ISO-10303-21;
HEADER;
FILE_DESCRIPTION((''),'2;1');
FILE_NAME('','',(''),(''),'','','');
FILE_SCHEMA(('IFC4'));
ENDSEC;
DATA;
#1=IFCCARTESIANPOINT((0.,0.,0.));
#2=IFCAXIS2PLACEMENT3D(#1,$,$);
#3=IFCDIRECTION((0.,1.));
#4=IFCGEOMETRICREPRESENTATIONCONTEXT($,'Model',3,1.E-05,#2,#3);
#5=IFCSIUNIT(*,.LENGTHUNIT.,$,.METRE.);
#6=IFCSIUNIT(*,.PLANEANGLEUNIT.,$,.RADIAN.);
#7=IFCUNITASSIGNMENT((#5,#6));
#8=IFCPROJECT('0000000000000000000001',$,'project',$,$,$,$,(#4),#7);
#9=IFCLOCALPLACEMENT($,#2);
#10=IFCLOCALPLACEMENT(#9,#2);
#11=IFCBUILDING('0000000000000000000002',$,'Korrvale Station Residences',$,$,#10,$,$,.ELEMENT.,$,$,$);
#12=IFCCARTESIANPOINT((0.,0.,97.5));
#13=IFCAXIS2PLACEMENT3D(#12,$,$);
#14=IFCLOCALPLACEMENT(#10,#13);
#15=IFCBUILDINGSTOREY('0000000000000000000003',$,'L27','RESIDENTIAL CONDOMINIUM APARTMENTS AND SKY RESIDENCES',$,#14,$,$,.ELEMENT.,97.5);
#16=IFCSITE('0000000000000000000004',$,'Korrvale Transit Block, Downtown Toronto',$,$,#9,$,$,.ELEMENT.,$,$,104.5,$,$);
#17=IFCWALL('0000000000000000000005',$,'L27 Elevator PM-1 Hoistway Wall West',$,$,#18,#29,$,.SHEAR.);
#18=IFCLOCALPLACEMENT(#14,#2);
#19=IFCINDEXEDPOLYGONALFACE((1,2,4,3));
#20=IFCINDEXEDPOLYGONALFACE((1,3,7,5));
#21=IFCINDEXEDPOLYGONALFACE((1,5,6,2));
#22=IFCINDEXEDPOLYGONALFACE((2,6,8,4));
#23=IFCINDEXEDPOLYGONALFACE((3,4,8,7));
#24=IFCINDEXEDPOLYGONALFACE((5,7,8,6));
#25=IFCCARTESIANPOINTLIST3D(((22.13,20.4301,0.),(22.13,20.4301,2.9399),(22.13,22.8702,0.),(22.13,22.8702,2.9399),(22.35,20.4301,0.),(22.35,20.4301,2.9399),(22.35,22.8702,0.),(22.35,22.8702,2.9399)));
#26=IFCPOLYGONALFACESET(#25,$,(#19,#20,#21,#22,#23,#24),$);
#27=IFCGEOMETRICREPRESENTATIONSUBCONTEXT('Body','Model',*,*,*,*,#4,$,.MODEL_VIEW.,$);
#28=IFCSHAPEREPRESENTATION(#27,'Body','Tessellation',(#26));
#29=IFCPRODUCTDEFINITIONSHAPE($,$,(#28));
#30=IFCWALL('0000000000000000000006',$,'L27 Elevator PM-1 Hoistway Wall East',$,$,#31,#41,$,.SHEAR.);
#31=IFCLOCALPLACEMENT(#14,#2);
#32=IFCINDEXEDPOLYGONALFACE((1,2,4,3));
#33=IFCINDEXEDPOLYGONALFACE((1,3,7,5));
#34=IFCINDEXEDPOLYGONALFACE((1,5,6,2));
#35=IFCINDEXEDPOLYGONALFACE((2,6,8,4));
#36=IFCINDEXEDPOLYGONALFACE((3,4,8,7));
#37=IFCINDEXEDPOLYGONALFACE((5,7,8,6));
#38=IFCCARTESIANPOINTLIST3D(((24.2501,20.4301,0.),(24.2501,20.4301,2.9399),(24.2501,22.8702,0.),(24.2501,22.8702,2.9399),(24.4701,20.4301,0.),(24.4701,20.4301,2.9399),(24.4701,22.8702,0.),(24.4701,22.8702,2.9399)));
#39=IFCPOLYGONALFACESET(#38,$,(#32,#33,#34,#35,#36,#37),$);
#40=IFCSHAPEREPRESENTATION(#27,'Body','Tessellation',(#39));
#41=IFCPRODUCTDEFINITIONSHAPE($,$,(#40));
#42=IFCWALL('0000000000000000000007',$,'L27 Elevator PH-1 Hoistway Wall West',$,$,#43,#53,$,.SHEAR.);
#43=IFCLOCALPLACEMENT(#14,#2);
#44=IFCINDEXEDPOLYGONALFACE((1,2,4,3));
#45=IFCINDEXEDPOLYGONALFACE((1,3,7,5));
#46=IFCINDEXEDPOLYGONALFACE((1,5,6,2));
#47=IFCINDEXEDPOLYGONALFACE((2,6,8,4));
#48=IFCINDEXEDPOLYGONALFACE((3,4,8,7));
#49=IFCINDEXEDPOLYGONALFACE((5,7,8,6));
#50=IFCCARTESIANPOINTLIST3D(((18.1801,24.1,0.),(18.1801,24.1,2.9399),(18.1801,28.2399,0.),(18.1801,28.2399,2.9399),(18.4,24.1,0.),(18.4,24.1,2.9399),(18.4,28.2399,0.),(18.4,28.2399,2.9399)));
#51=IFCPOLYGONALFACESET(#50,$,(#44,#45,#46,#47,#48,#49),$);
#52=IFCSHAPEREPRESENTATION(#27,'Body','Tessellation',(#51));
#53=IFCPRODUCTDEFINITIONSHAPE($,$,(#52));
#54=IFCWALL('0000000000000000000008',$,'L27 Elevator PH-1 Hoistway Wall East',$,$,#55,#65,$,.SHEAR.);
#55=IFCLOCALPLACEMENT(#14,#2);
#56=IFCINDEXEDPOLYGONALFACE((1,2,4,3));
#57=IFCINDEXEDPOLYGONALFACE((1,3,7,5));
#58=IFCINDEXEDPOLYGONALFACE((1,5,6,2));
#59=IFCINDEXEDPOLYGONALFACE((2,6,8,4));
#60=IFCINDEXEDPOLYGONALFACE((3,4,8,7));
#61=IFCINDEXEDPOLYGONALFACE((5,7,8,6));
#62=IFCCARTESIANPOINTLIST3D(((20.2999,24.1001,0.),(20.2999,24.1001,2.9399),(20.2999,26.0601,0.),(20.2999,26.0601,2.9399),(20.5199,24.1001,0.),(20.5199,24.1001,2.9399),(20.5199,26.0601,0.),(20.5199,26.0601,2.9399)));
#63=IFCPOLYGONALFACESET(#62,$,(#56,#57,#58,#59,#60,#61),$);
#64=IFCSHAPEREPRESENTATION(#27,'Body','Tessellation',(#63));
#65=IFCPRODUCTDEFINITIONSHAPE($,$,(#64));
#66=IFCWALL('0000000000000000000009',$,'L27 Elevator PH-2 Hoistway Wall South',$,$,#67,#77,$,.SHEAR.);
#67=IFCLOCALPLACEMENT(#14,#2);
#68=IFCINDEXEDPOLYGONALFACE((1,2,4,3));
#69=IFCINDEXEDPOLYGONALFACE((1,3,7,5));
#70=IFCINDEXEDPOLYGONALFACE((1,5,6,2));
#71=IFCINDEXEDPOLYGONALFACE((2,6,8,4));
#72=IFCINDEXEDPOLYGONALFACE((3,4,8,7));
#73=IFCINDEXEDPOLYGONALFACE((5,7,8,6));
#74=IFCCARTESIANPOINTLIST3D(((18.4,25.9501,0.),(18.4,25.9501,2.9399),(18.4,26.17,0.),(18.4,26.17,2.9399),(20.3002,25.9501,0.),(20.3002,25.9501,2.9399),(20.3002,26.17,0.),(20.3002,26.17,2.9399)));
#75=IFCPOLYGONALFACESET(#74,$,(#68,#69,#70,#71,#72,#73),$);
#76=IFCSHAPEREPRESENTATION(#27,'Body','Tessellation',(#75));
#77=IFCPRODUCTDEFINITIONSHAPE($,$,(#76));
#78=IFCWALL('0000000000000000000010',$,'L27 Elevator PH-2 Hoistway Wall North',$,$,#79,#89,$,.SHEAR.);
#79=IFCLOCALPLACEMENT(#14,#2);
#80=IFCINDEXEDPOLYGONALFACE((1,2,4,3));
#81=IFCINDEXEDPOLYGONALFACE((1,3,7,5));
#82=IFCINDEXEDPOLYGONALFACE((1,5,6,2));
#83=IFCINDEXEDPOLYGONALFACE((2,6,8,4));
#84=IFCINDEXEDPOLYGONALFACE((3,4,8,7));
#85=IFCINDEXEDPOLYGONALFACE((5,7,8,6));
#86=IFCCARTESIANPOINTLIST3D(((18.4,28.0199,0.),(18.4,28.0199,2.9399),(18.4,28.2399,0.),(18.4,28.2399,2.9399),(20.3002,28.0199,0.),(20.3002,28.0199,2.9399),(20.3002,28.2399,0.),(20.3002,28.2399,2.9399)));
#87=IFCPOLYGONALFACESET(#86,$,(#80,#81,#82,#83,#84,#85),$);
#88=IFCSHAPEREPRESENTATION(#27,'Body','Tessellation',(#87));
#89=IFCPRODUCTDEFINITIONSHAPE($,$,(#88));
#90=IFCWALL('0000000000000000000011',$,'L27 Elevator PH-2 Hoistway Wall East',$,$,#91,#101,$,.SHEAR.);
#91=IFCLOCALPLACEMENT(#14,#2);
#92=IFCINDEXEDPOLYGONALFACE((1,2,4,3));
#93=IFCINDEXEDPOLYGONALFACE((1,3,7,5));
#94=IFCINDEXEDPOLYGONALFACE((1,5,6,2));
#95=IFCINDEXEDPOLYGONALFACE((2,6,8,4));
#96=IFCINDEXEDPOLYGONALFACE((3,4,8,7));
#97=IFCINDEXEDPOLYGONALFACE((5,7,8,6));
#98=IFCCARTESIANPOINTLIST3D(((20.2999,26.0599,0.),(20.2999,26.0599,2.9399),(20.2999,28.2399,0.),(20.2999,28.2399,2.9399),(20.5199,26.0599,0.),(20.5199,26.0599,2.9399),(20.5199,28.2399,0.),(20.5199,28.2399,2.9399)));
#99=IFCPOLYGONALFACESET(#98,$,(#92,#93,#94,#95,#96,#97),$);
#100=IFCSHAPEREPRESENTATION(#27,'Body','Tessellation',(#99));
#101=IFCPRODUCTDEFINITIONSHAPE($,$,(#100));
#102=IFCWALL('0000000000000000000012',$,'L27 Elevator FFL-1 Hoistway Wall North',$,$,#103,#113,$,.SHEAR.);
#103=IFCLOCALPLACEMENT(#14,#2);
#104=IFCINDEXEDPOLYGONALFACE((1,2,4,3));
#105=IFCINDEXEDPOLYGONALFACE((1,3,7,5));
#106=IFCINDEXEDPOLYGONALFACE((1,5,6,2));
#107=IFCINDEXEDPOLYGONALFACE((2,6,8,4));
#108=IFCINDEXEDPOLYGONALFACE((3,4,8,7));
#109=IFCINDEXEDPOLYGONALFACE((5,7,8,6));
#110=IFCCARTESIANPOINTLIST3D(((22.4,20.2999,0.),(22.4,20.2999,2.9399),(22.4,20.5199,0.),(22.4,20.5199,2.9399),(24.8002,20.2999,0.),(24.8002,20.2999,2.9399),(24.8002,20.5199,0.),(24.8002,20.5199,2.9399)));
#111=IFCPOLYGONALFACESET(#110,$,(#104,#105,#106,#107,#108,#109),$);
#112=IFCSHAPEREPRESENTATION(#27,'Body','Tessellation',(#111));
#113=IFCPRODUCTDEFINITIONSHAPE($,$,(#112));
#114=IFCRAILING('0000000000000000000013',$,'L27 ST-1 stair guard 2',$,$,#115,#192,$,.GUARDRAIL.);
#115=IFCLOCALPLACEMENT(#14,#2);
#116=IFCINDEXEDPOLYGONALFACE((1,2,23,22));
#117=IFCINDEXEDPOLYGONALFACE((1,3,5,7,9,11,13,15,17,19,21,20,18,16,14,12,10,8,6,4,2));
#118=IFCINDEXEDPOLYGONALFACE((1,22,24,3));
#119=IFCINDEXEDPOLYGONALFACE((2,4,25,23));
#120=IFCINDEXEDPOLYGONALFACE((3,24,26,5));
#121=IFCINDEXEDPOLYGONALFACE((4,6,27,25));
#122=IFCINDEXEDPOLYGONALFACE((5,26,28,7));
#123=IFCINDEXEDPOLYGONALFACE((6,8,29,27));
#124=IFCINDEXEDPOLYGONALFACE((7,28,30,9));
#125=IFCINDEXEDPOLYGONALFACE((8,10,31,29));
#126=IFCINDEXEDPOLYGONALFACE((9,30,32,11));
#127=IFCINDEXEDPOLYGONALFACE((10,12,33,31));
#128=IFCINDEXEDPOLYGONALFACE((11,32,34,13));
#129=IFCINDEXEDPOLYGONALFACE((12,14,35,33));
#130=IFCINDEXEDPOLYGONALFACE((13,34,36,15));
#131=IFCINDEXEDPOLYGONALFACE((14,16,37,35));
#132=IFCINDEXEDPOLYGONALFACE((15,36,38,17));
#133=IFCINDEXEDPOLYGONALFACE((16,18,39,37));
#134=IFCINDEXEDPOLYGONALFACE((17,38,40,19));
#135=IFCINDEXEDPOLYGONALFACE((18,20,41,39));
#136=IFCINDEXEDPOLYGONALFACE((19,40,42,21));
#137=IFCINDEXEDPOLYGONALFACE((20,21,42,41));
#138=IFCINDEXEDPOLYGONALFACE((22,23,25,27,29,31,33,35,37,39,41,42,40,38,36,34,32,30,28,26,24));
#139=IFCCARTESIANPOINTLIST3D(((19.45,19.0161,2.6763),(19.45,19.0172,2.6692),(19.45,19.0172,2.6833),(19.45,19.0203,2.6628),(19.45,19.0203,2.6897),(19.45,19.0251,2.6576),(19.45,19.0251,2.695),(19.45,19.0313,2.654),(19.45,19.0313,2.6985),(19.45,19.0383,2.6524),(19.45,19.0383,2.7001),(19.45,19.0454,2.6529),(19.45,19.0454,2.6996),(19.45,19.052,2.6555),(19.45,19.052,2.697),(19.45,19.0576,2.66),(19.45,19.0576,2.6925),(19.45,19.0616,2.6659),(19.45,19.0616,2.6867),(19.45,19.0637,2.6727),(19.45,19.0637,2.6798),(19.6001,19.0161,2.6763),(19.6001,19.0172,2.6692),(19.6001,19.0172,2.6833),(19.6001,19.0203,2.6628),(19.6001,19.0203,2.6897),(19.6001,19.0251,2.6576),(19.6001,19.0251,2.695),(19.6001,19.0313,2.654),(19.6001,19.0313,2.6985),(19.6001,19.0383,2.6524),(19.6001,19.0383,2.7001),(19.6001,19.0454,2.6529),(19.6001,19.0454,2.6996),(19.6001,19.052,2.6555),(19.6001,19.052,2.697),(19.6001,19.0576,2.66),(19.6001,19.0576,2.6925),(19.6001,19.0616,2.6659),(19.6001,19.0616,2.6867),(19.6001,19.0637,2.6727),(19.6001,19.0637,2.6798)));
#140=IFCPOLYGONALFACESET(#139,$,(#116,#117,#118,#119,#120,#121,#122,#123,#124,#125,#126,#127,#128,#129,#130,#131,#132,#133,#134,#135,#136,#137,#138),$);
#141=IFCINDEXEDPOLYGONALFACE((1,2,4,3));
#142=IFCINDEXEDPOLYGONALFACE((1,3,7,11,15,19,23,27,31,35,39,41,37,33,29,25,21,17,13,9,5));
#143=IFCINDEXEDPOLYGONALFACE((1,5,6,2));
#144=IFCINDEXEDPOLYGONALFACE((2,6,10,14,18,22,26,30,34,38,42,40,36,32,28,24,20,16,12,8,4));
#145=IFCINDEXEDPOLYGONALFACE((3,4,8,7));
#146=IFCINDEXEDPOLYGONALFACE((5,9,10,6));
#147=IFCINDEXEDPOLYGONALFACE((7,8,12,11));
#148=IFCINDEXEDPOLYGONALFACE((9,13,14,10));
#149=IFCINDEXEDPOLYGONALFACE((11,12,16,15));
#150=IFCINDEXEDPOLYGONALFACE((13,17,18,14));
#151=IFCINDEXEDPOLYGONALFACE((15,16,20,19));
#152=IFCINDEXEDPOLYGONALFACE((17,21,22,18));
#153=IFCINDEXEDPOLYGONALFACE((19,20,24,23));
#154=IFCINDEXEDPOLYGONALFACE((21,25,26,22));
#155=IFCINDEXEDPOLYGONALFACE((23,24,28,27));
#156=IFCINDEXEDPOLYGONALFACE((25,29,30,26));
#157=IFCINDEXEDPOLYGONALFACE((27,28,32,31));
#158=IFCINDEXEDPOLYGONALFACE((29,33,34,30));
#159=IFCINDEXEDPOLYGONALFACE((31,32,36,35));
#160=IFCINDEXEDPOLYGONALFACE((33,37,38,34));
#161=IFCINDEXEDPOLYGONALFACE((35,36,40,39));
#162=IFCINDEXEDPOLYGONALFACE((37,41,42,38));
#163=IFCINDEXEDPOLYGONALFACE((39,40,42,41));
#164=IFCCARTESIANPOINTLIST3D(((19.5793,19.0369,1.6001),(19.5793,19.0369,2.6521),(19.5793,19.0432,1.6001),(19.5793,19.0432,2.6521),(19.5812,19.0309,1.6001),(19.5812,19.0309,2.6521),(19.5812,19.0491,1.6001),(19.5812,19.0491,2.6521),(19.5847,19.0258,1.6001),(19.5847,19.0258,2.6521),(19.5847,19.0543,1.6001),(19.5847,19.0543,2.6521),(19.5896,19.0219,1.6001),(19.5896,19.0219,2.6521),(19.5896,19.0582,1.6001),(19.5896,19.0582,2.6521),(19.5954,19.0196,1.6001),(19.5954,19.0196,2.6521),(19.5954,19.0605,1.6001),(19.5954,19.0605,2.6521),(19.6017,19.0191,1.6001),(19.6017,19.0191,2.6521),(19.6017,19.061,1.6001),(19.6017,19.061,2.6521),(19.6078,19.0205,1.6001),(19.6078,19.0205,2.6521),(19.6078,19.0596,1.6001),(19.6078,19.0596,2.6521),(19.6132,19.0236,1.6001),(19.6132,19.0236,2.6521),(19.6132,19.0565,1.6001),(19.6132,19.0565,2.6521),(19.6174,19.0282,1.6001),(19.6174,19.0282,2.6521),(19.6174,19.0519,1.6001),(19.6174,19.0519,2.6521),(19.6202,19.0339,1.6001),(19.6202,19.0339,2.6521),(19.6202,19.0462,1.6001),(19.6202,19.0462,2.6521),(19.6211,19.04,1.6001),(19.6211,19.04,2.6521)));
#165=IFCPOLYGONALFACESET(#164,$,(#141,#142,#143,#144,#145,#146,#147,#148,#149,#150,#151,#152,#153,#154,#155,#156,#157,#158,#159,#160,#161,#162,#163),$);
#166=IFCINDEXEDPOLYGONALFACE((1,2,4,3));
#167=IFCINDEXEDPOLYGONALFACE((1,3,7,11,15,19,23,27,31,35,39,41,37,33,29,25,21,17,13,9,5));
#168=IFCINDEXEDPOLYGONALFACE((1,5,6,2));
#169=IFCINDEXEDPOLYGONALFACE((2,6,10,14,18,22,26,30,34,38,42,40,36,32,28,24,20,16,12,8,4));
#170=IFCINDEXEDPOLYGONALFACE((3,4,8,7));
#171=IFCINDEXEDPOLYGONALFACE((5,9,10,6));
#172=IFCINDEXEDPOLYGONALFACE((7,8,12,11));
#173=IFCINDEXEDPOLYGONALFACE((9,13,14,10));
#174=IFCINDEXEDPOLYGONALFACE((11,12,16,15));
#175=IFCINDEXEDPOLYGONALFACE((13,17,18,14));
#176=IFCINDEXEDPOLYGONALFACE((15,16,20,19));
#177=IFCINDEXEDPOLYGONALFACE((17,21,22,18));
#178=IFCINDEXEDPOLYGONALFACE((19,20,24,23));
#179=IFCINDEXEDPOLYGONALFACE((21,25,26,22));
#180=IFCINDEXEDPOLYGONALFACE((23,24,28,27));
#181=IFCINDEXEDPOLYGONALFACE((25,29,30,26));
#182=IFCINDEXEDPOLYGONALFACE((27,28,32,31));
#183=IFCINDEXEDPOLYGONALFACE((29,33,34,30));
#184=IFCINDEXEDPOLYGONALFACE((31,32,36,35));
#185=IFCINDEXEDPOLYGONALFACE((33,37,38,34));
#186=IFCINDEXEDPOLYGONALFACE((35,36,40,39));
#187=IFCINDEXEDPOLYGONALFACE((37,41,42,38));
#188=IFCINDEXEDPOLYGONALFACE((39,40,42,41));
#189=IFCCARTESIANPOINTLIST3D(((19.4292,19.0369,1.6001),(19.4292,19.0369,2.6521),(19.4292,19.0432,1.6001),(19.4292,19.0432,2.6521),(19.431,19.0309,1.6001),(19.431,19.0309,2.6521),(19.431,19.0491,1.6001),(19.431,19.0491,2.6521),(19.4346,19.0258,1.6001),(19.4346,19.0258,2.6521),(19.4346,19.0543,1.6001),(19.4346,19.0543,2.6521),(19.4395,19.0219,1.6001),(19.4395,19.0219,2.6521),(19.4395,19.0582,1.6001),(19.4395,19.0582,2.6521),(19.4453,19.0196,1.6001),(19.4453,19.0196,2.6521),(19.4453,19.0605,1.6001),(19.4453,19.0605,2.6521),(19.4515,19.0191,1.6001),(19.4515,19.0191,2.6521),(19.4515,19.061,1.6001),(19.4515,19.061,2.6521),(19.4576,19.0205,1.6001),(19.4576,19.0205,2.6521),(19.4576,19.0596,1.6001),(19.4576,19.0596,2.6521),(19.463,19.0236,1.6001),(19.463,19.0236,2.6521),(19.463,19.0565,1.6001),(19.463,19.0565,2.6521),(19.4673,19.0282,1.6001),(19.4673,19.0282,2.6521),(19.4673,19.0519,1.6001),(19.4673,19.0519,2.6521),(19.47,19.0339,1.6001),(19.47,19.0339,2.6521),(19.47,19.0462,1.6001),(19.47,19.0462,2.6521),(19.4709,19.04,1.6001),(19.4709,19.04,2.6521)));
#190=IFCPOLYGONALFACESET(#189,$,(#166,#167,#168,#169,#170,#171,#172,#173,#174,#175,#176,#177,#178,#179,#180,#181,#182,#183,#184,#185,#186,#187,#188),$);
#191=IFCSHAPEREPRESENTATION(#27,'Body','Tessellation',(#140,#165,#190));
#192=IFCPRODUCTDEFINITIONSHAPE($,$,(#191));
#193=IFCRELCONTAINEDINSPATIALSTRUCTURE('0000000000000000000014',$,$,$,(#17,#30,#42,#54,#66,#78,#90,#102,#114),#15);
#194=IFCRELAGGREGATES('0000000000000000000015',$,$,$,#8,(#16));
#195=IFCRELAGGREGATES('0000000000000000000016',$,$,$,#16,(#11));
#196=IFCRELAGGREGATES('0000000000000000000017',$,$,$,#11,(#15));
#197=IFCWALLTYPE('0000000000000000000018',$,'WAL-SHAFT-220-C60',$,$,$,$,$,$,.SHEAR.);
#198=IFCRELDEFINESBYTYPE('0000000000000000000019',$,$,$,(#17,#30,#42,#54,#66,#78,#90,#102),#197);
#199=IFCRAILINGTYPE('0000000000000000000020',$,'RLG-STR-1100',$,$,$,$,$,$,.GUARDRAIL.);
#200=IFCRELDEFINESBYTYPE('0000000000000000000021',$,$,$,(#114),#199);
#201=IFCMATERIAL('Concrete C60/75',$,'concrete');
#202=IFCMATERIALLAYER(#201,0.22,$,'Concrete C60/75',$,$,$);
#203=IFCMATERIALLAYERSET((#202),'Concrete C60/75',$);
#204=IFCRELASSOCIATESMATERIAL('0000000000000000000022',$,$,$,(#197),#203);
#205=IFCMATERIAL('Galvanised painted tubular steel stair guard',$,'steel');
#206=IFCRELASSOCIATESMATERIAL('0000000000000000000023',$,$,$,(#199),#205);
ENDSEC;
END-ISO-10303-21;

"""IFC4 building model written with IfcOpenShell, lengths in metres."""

from ifc_helpers import new_model, si_unit, direction, frame, frame_2d, origin, origin_2d, place, context, subcontext, project, spatial, rectangle, circle, extrude, material, layer, layer_set, type_object, element, save


model = new_model("IFC4")

# Units and contexts
model_context = context("Model", 3, precision=1e-05, world=origin(), true_north=direction((0.0, 1.0)))
body_context = subcontext(model_context, "Body", "Model", "MODEL_VIEW")
ifc_project = project(units=[si_unit("LENGTHUNIT", "METRE"), si_unit("PLANEANGLEUNIT", "RADIAN")], contexts=[model_context])

# Site, building, storey
site_placement = place(None, origin())
site = spatial("IfcSite", under=ifc_project, at=site_placement, Name="Korrvale Transit Block, Downtown Toronto", CompositionType="ELEMENT", RefElevation=104.5)
building_placement = place(site_placement, origin())
building = spatial("IfcBuilding", under=site, at=building_placement, Name="Korrvale Station Residences", CompositionType="ELEMENT")
storey_placement = place(building_placement, frame((0.0, 0.0, 97.5)))
storey = spatial("IfcBuildingStorey", under=building, at=storey_placement, Name="L27", Description="RESIDENTIAL CONDOMINIUM APARTMENTS AND SKY RESIDENCES", CompositionType="ELEMENT", Elevation=97.5)

# Shared definitions
ifc_material_1 = material(Name="Concrete C60/75", Category="concrete")

# Shared definitions
ifc_layer_1 = layer(ifc_material_1, 0.22, Name="Concrete C60/75")
ifc_layer_set_1 = layer_set([ifc_layer_1], Name="Concrete C60/75")
wall_type_1 = type_object("IfcWallType", Name="WAL-SHAFT-220-C60", PredefinedType="SHEAR", material=ifc_layer_set_1)

# Walls
for number, where, z_axis, x_axis, name in (
    (1, (22.24, 20.4299, 0.0), (0.0, 0.0, 1.0), (0.0, 1.0, 0.0), "L27 Elevator PM-1 Hoistway Wall West"),
    (2, (24.3601, 20.4299, 0.0), (0.0, 0.0, 1.0), (0.0, 1.0, 0.0), "L27 Elevator PM-1 Hoistway Wall East"),
):
    element("IfcWall", number, at=place(storey_placement, frame(where, z_axis=z_axis, x_axis=x_axis)), inside=storey, type_object=wall_type_1, Name=name, PredefinedType="SHEAR", context=body_context, shape_type="SweptSolid", body=[
        extrude(rectangle(XDim=2.4402, YDim=0.22, at=frame_2d((1.2202, 0.0))), origin(), (0.0, 0.0, 1.0), 2.9399),
    ])
wall_1_placement = place(storey_placement, frame((18.29, 24.1001, 0.0), z_axis=(0.0, 0.0, 1.0), x_axis=(0.0, 1.0, 0.0)))
element("IfcWall", 3, at=wall_1_placement, inside=storey, type_object=wall_type_1, Name="L27 Elevator PH-1 Hoistway Wall West", PredefinedType="SHEAR", context=body_context, shape_type="SweptSolid", body=[
    extrude(rectangle(XDim=4.1399, YDim=0.22, at=frame_2d((2.0698, 0.0))), origin(), (0.0, 0.0, 1.0), 2.9399),
])
wall_2_placement = place(storey_placement, frame((20.4099, 24.1001, 0.0), z_axis=(0.0, 0.0, 1.0), x_axis=(0.0, 1.0, 0.0)))
element("IfcWall", 4, at=wall_2_placement, inside=storey, type_object=wall_type_1, Name="L27 Elevator PH-1 Hoistway Wall East", PredefinedType="SHEAR", context=body_context, shape_type="SweptSolid", body=[
    extrude(rectangle(XDim=1.96, YDim=0.22, at=frame_2d((0.98, 0.0))), origin(), (0.0, 0.0, 1.0), 2.9399),
])
for number, where, z_axis, x_axis, name in (
    (5, (18.3999, 26.0601, 0.0), (0.0, 0.0, 1.0), (1.0, 0.0, 0.0), "L27 Elevator PH-2 Hoistway Wall South"),
    (6, (18.3999, 28.1299, 0.0), (0.0, 0.0, 1.0), (1.0, 0.0, 0.0), "L27 Elevator PH-2 Hoistway Wall North"),
):
    element("IfcWall", number, at=place(storey_placement, frame(where, z_axis=z_axis, x_axis=x_axis)), inside=storey, type_object=wall_type_1, Name=name, PredefinedType="SHEAR", context=body_context, shape_type="SweptSolid", body=[
        extrude(rectangle(XDim=1.9001, YDim=0.22, at=frame_2d((0.9502, 0.0))), origin(), (0.0, 0.0, 1.0), 2.9399),
    ])
wall_3_placement = place(storey_placement, frame((20.4099, 26.0601, 0.0), z_axis=(0.0, 0.0, 1.0), x_axis=(0.0, 1.0, 0.0)))
element("IfcWall", 7, at=wall_3_placement, inside=storey, type_object=wall_type_1, Name="L27 Elevator PH-2 Hoistway Wall East", PredefinedType="SHEAR", context=body_context, shape_type="SweptSolid", body=[
    extrude(rectangle(XDim=2.1799, YDim=0.22, at=frame_2d((1.0898, 0.0))), origin(), (0.0, 0.0, 1.0), 2.9399),
])
wall_4_placement = place(storey_placement, frame((22.3999, 20.4099, 0.0), z_axis=(0.0, 0.0, 1.0), x_axis=(1.0, 0.0, 0.0)))
element("IfcWall", 8, at=wall_4_placement, inside=storey, type_object=wall_type_1, Name="L27 Elevator FFL-1 Hoistway Wall North", PredefinedType="SHEAR", context=body_context, shape_type="SweptSolid", body=[
    extrude(rectangle(XDim=2.4001, YDim=0.22, at=frame_2d((1.2002, 0.0))), origin(), (0.0, 0.0, 1.0), 2.9399),
])

# Railing
ifc_material_2 = material(Name="Galvanised painted tubular steel stair guard", Category="steel")
railing_type = type_object("IfcRailingType", Name="RLG-STR-1100", PredefinedType="GUARDRAIL", material=ifc_material_2)
railing_placement = place(storey_placement, frame((19.6001, 19.04, 1.6001)))
element("IfcRailing", 9, at=railing_placement, inside=storey, type_object=railing_type, Name="L27 ST-1 stair guard 2", PredefinedType="GUARDRAIL", context=body_context, shape_type="SweptSolid", body=[
    extrude(circle(Radius=0.0239, at=origin_2d()), frame((0.0, 0.0, 1.0762), z_axis=(-1.0, 0.0, 0.0), x_axis=(0.0, -1.0, 0.0)), (0.0, 0.0, 1.0), 0.1501),
    extrude(circle(Radius=0.021, at=origin_2d()), origin(), (0.0, 0.0, 1.0), 1.052),
    extrude(circle(Radius=0.021, at=origin_2d()), frame((-0.1501, 0.0, 0.0)), (0.0, 0.0, 1.0), 1.052),
])

save(model, "model.ifc")
